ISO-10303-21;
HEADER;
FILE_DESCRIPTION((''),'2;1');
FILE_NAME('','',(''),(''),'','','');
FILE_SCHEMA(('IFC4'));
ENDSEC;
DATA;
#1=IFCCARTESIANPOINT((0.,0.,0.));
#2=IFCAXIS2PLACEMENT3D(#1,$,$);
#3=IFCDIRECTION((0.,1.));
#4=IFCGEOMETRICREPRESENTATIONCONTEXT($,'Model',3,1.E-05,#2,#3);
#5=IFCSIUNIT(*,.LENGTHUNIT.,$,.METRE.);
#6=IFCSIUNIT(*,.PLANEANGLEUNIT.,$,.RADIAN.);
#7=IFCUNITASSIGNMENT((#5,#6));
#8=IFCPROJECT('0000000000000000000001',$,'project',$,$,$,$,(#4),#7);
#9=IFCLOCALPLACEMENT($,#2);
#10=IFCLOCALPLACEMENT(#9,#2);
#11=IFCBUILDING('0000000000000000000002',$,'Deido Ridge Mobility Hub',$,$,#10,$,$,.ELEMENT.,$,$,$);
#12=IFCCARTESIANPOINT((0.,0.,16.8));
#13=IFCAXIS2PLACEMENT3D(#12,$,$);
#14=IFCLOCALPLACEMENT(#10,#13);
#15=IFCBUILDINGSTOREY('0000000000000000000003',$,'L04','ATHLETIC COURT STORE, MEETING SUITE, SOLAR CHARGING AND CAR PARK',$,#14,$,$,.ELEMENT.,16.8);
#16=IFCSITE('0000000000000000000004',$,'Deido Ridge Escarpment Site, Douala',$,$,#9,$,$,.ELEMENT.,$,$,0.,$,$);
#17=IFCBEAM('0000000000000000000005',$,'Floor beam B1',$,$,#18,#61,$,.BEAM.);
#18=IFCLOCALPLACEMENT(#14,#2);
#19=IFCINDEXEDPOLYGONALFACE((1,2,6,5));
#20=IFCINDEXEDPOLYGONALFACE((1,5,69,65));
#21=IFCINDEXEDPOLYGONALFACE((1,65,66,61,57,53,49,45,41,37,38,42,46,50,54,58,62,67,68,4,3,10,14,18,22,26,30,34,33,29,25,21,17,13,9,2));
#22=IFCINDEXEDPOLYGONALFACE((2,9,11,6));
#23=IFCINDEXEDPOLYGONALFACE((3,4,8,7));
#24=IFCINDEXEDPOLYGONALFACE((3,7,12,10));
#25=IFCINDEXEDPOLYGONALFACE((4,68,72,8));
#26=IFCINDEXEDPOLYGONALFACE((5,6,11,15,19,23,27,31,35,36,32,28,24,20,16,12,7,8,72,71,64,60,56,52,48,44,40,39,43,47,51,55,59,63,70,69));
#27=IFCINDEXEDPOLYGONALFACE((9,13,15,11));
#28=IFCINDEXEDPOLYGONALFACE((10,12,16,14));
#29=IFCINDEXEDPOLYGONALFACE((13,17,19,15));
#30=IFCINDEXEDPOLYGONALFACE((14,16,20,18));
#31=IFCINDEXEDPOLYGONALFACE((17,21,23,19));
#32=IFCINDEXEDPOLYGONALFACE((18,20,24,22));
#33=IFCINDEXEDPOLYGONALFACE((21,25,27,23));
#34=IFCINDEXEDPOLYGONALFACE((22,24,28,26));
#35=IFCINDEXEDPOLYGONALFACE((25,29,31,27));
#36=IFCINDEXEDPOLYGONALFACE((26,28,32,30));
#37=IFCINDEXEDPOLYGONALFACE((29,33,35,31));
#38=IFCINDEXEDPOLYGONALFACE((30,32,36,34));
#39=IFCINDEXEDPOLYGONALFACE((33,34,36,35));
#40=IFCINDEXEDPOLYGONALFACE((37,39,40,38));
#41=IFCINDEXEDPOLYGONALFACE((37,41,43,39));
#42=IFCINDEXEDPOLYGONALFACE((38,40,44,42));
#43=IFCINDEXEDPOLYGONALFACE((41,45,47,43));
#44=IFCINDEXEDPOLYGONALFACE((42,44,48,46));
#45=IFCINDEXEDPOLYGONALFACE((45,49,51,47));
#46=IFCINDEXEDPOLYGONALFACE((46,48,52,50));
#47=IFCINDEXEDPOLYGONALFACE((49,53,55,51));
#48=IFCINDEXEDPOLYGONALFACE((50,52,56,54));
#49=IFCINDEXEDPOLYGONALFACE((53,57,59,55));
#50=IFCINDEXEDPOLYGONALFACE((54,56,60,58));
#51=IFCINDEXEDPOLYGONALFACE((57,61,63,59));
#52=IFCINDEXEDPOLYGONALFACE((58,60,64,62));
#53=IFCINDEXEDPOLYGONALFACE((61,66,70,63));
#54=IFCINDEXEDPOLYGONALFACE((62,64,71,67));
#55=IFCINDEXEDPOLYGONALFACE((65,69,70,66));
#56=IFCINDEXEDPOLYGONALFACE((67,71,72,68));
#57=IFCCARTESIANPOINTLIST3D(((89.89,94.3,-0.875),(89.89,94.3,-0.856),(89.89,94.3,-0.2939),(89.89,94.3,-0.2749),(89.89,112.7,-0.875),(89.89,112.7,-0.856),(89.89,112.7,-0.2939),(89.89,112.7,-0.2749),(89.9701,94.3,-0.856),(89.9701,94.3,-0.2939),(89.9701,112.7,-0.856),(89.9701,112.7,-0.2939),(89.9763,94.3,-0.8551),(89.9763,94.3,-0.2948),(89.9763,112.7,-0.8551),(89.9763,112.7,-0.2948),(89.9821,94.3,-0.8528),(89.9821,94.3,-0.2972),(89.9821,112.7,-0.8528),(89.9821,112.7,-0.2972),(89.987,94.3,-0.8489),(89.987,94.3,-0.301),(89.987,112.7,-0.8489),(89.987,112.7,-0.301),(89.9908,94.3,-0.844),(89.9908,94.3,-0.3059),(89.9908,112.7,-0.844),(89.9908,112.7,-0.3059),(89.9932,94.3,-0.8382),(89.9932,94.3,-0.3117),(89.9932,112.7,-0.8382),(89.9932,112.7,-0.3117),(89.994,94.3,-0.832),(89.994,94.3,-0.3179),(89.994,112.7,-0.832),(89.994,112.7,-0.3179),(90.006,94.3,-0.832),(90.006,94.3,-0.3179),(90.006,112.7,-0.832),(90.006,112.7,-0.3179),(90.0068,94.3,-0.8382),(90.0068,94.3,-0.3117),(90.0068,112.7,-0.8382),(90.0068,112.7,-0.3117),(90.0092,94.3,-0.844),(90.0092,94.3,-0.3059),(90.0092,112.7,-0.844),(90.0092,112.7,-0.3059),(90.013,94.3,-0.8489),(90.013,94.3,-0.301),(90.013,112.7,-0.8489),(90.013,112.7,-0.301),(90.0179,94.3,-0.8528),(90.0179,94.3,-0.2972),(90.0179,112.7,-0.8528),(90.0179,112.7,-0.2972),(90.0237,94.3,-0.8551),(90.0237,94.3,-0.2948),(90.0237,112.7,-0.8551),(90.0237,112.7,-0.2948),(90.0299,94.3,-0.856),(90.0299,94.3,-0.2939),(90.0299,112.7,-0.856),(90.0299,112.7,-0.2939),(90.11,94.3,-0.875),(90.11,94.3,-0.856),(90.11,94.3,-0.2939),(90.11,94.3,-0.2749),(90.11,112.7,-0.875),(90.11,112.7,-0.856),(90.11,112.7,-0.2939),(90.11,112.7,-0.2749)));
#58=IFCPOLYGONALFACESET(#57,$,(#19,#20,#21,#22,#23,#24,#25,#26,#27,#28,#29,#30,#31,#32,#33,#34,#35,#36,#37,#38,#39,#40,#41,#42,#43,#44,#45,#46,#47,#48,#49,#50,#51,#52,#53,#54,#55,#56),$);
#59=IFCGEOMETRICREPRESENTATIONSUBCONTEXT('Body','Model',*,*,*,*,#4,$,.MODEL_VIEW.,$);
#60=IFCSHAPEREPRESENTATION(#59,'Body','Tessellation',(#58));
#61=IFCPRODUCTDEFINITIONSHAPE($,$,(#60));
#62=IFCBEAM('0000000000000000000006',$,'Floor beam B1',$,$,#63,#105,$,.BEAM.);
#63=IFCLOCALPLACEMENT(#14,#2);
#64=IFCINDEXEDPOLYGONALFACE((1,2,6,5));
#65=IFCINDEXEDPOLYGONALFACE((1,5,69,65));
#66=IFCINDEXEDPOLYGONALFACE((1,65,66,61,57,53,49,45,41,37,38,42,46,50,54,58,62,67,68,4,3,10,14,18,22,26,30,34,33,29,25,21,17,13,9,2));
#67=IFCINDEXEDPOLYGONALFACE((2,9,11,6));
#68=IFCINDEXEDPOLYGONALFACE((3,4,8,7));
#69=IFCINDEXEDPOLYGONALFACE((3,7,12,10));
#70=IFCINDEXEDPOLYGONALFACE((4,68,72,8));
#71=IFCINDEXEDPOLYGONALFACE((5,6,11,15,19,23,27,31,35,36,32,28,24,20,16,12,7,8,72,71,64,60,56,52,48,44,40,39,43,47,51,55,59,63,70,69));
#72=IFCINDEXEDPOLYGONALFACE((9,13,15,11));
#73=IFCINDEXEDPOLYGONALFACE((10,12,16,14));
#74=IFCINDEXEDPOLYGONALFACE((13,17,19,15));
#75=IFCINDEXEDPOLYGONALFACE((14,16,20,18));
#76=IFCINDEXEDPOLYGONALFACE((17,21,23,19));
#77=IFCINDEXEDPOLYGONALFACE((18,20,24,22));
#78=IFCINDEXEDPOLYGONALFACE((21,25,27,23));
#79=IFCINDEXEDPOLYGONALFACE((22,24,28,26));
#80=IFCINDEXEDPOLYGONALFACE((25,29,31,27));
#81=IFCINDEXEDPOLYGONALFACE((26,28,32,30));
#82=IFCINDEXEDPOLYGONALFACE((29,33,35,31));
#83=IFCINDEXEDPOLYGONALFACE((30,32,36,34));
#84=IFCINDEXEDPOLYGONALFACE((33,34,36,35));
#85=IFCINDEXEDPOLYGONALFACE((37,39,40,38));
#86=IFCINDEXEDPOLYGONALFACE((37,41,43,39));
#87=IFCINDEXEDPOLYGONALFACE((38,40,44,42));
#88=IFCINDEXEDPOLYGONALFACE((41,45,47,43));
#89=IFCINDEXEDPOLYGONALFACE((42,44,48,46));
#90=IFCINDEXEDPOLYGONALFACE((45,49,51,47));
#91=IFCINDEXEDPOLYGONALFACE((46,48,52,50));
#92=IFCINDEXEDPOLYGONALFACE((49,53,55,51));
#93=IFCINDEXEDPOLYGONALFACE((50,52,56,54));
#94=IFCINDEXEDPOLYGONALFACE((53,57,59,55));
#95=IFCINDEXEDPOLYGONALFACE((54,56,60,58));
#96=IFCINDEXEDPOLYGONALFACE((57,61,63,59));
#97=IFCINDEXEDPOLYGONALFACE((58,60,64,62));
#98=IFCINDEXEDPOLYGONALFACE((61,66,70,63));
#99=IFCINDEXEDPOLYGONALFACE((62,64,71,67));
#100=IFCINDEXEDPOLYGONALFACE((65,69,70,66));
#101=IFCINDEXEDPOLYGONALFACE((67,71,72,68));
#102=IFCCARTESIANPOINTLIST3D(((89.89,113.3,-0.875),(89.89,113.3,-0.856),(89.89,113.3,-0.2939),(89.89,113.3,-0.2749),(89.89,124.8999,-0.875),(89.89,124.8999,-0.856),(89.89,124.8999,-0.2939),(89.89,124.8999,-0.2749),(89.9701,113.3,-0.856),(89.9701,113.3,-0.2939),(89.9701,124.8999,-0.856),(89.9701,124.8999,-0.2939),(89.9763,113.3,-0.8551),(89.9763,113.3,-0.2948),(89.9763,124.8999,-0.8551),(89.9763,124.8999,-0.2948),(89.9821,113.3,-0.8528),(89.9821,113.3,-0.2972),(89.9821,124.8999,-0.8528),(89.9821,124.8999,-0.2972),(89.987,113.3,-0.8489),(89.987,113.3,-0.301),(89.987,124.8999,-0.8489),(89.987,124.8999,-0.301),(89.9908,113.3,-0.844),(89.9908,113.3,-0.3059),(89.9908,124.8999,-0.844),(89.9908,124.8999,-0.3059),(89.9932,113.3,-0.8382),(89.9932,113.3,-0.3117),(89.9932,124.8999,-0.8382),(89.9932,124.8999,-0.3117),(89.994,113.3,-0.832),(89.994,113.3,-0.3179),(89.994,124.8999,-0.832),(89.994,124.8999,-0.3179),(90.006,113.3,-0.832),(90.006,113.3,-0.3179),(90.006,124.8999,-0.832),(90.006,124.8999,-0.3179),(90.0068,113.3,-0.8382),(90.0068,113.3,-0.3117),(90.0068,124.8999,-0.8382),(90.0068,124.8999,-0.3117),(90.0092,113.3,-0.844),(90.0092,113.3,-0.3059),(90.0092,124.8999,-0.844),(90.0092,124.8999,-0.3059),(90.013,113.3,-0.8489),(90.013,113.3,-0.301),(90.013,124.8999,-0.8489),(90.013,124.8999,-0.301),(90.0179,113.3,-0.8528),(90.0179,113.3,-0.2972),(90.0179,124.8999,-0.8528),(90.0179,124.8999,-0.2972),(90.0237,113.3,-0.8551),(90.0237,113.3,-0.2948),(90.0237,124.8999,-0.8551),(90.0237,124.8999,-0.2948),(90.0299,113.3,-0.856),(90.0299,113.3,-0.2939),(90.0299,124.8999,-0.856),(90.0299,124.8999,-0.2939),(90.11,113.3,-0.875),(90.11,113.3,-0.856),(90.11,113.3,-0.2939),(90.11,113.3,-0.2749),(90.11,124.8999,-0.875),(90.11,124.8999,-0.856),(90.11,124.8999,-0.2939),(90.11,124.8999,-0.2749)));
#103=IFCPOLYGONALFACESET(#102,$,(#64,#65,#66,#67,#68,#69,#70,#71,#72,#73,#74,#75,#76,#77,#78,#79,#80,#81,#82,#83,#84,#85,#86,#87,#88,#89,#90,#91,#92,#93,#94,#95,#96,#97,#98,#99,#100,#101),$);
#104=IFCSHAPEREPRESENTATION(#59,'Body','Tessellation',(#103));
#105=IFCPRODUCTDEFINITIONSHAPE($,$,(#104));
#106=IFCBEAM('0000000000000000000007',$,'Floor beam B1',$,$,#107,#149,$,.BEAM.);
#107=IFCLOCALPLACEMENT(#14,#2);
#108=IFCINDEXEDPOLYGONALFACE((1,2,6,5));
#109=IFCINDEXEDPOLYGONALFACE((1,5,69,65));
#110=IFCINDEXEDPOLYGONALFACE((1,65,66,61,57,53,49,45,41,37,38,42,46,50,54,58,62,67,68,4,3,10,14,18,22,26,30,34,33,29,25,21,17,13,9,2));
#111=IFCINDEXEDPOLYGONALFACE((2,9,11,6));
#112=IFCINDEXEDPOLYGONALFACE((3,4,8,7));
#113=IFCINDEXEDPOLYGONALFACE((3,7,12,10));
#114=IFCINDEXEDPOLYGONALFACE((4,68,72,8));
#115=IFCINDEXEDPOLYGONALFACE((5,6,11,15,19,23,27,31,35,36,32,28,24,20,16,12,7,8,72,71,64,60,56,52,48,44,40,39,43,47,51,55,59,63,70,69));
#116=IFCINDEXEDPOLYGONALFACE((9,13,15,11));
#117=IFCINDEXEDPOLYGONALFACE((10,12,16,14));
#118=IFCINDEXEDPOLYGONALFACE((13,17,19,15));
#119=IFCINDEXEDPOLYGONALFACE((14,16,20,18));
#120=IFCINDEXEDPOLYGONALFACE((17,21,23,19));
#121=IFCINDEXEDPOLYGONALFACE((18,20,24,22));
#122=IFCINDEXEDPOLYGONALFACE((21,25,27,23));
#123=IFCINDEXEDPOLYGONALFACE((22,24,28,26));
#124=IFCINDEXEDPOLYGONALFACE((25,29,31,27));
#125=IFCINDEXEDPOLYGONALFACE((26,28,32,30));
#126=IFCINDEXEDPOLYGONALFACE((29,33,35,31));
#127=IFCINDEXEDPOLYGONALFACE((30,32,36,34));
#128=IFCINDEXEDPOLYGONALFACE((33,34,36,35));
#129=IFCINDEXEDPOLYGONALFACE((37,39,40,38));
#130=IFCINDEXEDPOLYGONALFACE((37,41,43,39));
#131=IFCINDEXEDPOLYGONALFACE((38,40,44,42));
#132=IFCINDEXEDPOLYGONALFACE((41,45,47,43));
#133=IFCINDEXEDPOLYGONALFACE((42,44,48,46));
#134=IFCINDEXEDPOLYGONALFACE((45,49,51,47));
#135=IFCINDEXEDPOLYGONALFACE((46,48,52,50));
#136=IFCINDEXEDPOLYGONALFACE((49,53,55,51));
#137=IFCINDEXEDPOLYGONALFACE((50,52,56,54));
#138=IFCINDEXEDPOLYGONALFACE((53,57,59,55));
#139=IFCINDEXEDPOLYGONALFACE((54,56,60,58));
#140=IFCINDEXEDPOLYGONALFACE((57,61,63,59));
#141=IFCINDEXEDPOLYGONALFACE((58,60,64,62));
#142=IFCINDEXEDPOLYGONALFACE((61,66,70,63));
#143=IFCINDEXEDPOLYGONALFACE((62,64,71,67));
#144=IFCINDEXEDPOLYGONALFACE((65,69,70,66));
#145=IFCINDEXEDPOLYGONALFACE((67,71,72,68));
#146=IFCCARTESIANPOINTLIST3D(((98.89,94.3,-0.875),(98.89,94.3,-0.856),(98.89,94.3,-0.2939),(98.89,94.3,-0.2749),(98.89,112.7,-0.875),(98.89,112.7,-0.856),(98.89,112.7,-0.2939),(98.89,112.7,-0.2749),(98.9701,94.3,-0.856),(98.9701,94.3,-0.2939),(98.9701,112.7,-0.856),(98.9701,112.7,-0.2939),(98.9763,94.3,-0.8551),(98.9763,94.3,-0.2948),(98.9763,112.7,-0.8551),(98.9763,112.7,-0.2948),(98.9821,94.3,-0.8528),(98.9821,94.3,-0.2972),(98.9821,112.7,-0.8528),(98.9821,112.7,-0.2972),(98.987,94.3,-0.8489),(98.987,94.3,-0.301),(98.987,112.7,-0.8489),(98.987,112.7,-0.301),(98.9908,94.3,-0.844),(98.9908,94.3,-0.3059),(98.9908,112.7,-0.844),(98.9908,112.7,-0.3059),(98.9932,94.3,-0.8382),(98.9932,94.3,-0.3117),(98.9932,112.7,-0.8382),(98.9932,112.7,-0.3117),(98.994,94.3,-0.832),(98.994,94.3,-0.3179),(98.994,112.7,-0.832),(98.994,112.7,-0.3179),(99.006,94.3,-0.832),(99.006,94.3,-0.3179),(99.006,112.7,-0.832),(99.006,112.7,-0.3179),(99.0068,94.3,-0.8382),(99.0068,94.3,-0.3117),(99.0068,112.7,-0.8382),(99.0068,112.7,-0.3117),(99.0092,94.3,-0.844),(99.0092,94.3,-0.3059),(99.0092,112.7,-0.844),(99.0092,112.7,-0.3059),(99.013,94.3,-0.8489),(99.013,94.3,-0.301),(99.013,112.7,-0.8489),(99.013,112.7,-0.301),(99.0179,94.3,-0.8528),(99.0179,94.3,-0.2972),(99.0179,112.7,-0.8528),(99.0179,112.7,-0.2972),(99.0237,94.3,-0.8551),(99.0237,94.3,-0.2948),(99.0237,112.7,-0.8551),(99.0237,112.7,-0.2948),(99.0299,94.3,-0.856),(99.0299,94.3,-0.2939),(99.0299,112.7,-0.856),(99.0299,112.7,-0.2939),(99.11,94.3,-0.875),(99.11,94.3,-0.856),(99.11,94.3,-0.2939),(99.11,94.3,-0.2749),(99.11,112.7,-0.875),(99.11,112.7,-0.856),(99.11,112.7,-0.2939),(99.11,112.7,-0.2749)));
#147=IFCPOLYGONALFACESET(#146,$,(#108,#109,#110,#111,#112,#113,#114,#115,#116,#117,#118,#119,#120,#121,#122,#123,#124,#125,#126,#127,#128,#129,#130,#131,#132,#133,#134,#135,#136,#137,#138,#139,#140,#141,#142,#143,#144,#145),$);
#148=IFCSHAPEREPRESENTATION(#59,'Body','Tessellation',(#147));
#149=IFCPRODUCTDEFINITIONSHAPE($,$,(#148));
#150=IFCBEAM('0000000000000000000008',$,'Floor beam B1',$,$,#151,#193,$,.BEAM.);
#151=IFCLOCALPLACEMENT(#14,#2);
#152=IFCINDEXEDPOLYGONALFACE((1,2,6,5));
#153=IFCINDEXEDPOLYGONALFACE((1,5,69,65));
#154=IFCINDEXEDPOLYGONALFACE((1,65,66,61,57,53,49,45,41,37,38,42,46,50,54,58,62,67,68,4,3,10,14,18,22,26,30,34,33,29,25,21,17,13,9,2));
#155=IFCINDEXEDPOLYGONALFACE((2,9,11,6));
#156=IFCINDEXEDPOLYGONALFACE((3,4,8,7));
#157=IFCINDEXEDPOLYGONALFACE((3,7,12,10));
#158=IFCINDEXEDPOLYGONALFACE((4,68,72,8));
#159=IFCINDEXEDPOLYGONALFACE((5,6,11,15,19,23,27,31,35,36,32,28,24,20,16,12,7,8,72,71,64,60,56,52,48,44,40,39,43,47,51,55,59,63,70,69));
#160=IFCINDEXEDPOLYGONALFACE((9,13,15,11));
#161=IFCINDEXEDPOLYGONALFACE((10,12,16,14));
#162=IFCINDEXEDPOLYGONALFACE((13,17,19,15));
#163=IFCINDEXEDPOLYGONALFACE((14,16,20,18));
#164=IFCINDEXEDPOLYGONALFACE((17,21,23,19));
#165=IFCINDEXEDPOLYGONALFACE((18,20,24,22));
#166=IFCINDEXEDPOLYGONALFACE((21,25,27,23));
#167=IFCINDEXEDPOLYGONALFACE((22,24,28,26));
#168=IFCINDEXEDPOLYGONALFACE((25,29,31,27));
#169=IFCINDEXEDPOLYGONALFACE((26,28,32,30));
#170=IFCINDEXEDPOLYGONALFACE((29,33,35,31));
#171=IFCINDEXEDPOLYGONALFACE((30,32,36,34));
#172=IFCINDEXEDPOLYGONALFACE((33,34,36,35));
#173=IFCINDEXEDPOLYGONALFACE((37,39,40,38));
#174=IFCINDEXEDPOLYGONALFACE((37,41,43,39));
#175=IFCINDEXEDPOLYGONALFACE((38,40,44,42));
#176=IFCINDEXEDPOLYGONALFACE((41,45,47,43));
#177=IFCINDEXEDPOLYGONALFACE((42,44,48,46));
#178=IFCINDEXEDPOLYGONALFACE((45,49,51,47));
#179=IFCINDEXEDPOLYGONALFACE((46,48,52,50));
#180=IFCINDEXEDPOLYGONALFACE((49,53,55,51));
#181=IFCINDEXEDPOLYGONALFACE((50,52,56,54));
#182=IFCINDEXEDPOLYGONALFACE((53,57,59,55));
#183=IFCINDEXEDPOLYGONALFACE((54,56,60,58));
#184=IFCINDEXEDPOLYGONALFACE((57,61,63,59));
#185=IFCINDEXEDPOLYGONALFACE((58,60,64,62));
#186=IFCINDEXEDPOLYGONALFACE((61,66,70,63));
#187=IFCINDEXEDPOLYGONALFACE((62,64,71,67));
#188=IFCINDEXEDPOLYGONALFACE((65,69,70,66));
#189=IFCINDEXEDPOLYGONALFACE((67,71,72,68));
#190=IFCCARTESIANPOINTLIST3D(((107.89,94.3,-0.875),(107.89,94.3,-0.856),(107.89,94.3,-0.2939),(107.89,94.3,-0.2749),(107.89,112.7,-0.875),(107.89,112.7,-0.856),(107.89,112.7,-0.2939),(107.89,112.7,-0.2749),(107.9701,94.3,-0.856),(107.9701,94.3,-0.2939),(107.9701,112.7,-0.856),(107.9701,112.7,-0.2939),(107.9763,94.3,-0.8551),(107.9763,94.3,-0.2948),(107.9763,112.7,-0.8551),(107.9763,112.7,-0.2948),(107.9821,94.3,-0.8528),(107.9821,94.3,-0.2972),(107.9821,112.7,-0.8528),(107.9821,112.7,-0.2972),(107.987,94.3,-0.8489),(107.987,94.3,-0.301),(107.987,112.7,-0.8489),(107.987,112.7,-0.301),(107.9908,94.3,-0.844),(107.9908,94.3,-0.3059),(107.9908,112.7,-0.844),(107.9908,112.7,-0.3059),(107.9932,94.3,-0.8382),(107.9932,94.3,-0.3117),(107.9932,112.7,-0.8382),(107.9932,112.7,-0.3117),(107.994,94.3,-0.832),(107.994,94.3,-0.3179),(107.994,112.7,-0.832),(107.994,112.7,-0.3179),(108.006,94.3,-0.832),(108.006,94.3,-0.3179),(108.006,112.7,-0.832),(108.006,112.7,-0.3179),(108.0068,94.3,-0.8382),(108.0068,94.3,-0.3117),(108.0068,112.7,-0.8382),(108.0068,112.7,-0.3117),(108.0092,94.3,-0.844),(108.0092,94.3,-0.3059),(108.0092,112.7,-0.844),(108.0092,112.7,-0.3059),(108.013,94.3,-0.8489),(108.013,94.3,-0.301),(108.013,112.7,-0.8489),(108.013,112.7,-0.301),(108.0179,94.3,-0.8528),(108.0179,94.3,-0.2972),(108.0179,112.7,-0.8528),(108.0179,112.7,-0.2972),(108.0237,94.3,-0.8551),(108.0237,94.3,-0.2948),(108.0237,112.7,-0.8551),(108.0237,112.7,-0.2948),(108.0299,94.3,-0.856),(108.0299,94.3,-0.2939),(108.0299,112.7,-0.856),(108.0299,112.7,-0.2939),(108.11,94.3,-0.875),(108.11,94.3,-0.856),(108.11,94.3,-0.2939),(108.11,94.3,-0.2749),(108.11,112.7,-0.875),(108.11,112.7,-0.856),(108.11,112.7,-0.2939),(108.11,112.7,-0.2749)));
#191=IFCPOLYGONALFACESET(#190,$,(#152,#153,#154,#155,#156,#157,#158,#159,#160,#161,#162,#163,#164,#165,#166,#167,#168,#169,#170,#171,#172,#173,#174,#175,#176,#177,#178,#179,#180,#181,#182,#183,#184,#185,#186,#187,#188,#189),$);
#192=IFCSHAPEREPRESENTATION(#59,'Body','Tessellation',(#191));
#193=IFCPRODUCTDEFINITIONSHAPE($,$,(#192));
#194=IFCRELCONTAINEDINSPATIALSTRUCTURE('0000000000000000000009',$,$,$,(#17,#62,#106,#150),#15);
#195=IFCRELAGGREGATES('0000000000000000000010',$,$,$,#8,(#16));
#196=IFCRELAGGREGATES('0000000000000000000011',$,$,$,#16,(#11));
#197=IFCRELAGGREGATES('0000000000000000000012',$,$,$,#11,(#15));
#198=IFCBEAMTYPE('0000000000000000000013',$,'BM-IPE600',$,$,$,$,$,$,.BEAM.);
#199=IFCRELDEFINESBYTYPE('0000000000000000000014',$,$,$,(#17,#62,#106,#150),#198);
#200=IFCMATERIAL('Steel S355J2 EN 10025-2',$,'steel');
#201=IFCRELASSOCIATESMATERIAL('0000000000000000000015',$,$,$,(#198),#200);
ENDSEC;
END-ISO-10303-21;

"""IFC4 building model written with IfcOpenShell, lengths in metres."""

from ifc_helpers import new_model, si_unit, direction, frame, origin, origin_2d, place, context, subcontext, project, spatial, i_section, extrude, material, material_profile, profile_set, type_object, element, save


model = new_model("IFC4")

# Units and contexts
model_context = context("Model", 3, precision=1e-05, world=origin(), true_north=direction((0.0, 1.0)))
body_context = subcontext(model_context, "Body", "Model", "MODEL_VIEW")
ifc_project = project(units=[si_unit("LENGTHUNIT", "METRE"), si_unit("PLANEANGLEUNIT", "RADIAN")], contexts=[model_context])

# Site, building, storey
site_placement = place(None, origin())
site = spatial("IfcSite", under=ifc_project, at=site_placement, Name="Deido Ridge Escarpment Site, Douala", CompositionType="ELEMENT", RefElevation=0.0)
building_placement = place(site_placement, origin())
building = spatial("IfcBuilding", under=site, at=building_placement, Name="Deido Ridge Mobility Hub", CompositionType="ELEMENT")
storey_placement = place(building_placement, frame((0.0, 0.0, 16.8)))
storey = spatial("IfcBuildingStorey", under=building, at=storey_placement, Name="L04", Description="ATHLETIC COURT STORE, MEETING SUITE, SOLAR CHARGING AND CAR PARK", CompositionType="ELEMENT", Elevation=16.8)

# Shared definitions
ifc_material_1 = material(Name="Steel S355J2 EN 10025-2", Category="steel")

# Beams
ifc_material_profile_1 = material_profile(ifc_material_1, i_section(OverallWidth=0.22, OverallDepth=0.6001, WebThickness=0.012, FlangeThickness=0.019, FilletRadius=0.0239, at=origin_2d()), Name="IPE 600")
ifc_profile_set_1 = profile_set([ifc_material_profile_1], Name="Steel S355J2 EN 10025-2")
beam_type_1 = type_object("IfcBeamType", Name="BM-IPE600", PredefinedType="BEAM", material=ifc_profile_set_1)
beam_1_placement = place(storey_placement, frame((90.0, 94.3, -0.575), z_axis=(0.0, 1.0, 0.0), x_axis=(-1.0, 0.0, 0.0)))
element("IfcBeam", 1, at=beam_1_placement, inside=storey, type_object=beam_type_1, Name="Floor beam B1", PredefinedType="BEAM", context=body_context, shape_type="SweptSolid", body=[
    extrude(i_section(OverallWidth=0.22, OverallDepth=0.6001, WebThickness=0.012, FlangeThickness=0.019, FilletRadius=0.0239, at=origin_2d()), origin(), (0.0, 0.0, 1.0), 18.3999),
])
beam_2_placement = place(storey_placement, frame((90.0, 113.3, -0.575), z_axis=(0.0, 1.0, 0.0), x_axis=(-1.0, 0.0, 0.0)))
element("IfcBeam", 2, at=beam_2_placement, inside=storey, type_object=beam_type_1, Name="Floor beam B1", PredefinedType="BEAM", context=body_context, shape_type="SweptSolid", body=[
    extrude(i_section(OverallWidth=0.22, OverallDepth=0.6001, WebThickness=0.012, FlangeThickness=0.019, FilletRadius=0.0239, at=origin_2d()), origin(), (0.0, 0.0, 1.0), 11.5999),
])
for number, where, z_axis, x_axis, name in (
    (3, (99.0, 94.3, -0.575), (0.0, 1.0, 0.0), (-1.0, 0.0, 0.0), "Floor beam B1"),
    (4, (108.0, 94.3, -0.575), (0.0, 1.0, 0.0), (-1.0, 0.0, 0.0), "Floor beam B1"),
):
    element("IfcBeam", number, at=place(storey_placement, frame(where, z_axis=z_axis, x_axis=x_axis)), inside=storey, type_object=beam_type_1, Name=name, PredefinedType="BEAM", context=body_context, shape_type="SweptSolid", body=[
        extrude(i_section(OverallWidth=0.22, OverallDepth=0.6001, WebThickness=0.012, FlangeThickness=0.019, FilletRadius=0.0239, at=origin_2d()), origin(), (0.0, 0.0, 1.0), 18.3999),
    ])

save(model, "model.ifc")
